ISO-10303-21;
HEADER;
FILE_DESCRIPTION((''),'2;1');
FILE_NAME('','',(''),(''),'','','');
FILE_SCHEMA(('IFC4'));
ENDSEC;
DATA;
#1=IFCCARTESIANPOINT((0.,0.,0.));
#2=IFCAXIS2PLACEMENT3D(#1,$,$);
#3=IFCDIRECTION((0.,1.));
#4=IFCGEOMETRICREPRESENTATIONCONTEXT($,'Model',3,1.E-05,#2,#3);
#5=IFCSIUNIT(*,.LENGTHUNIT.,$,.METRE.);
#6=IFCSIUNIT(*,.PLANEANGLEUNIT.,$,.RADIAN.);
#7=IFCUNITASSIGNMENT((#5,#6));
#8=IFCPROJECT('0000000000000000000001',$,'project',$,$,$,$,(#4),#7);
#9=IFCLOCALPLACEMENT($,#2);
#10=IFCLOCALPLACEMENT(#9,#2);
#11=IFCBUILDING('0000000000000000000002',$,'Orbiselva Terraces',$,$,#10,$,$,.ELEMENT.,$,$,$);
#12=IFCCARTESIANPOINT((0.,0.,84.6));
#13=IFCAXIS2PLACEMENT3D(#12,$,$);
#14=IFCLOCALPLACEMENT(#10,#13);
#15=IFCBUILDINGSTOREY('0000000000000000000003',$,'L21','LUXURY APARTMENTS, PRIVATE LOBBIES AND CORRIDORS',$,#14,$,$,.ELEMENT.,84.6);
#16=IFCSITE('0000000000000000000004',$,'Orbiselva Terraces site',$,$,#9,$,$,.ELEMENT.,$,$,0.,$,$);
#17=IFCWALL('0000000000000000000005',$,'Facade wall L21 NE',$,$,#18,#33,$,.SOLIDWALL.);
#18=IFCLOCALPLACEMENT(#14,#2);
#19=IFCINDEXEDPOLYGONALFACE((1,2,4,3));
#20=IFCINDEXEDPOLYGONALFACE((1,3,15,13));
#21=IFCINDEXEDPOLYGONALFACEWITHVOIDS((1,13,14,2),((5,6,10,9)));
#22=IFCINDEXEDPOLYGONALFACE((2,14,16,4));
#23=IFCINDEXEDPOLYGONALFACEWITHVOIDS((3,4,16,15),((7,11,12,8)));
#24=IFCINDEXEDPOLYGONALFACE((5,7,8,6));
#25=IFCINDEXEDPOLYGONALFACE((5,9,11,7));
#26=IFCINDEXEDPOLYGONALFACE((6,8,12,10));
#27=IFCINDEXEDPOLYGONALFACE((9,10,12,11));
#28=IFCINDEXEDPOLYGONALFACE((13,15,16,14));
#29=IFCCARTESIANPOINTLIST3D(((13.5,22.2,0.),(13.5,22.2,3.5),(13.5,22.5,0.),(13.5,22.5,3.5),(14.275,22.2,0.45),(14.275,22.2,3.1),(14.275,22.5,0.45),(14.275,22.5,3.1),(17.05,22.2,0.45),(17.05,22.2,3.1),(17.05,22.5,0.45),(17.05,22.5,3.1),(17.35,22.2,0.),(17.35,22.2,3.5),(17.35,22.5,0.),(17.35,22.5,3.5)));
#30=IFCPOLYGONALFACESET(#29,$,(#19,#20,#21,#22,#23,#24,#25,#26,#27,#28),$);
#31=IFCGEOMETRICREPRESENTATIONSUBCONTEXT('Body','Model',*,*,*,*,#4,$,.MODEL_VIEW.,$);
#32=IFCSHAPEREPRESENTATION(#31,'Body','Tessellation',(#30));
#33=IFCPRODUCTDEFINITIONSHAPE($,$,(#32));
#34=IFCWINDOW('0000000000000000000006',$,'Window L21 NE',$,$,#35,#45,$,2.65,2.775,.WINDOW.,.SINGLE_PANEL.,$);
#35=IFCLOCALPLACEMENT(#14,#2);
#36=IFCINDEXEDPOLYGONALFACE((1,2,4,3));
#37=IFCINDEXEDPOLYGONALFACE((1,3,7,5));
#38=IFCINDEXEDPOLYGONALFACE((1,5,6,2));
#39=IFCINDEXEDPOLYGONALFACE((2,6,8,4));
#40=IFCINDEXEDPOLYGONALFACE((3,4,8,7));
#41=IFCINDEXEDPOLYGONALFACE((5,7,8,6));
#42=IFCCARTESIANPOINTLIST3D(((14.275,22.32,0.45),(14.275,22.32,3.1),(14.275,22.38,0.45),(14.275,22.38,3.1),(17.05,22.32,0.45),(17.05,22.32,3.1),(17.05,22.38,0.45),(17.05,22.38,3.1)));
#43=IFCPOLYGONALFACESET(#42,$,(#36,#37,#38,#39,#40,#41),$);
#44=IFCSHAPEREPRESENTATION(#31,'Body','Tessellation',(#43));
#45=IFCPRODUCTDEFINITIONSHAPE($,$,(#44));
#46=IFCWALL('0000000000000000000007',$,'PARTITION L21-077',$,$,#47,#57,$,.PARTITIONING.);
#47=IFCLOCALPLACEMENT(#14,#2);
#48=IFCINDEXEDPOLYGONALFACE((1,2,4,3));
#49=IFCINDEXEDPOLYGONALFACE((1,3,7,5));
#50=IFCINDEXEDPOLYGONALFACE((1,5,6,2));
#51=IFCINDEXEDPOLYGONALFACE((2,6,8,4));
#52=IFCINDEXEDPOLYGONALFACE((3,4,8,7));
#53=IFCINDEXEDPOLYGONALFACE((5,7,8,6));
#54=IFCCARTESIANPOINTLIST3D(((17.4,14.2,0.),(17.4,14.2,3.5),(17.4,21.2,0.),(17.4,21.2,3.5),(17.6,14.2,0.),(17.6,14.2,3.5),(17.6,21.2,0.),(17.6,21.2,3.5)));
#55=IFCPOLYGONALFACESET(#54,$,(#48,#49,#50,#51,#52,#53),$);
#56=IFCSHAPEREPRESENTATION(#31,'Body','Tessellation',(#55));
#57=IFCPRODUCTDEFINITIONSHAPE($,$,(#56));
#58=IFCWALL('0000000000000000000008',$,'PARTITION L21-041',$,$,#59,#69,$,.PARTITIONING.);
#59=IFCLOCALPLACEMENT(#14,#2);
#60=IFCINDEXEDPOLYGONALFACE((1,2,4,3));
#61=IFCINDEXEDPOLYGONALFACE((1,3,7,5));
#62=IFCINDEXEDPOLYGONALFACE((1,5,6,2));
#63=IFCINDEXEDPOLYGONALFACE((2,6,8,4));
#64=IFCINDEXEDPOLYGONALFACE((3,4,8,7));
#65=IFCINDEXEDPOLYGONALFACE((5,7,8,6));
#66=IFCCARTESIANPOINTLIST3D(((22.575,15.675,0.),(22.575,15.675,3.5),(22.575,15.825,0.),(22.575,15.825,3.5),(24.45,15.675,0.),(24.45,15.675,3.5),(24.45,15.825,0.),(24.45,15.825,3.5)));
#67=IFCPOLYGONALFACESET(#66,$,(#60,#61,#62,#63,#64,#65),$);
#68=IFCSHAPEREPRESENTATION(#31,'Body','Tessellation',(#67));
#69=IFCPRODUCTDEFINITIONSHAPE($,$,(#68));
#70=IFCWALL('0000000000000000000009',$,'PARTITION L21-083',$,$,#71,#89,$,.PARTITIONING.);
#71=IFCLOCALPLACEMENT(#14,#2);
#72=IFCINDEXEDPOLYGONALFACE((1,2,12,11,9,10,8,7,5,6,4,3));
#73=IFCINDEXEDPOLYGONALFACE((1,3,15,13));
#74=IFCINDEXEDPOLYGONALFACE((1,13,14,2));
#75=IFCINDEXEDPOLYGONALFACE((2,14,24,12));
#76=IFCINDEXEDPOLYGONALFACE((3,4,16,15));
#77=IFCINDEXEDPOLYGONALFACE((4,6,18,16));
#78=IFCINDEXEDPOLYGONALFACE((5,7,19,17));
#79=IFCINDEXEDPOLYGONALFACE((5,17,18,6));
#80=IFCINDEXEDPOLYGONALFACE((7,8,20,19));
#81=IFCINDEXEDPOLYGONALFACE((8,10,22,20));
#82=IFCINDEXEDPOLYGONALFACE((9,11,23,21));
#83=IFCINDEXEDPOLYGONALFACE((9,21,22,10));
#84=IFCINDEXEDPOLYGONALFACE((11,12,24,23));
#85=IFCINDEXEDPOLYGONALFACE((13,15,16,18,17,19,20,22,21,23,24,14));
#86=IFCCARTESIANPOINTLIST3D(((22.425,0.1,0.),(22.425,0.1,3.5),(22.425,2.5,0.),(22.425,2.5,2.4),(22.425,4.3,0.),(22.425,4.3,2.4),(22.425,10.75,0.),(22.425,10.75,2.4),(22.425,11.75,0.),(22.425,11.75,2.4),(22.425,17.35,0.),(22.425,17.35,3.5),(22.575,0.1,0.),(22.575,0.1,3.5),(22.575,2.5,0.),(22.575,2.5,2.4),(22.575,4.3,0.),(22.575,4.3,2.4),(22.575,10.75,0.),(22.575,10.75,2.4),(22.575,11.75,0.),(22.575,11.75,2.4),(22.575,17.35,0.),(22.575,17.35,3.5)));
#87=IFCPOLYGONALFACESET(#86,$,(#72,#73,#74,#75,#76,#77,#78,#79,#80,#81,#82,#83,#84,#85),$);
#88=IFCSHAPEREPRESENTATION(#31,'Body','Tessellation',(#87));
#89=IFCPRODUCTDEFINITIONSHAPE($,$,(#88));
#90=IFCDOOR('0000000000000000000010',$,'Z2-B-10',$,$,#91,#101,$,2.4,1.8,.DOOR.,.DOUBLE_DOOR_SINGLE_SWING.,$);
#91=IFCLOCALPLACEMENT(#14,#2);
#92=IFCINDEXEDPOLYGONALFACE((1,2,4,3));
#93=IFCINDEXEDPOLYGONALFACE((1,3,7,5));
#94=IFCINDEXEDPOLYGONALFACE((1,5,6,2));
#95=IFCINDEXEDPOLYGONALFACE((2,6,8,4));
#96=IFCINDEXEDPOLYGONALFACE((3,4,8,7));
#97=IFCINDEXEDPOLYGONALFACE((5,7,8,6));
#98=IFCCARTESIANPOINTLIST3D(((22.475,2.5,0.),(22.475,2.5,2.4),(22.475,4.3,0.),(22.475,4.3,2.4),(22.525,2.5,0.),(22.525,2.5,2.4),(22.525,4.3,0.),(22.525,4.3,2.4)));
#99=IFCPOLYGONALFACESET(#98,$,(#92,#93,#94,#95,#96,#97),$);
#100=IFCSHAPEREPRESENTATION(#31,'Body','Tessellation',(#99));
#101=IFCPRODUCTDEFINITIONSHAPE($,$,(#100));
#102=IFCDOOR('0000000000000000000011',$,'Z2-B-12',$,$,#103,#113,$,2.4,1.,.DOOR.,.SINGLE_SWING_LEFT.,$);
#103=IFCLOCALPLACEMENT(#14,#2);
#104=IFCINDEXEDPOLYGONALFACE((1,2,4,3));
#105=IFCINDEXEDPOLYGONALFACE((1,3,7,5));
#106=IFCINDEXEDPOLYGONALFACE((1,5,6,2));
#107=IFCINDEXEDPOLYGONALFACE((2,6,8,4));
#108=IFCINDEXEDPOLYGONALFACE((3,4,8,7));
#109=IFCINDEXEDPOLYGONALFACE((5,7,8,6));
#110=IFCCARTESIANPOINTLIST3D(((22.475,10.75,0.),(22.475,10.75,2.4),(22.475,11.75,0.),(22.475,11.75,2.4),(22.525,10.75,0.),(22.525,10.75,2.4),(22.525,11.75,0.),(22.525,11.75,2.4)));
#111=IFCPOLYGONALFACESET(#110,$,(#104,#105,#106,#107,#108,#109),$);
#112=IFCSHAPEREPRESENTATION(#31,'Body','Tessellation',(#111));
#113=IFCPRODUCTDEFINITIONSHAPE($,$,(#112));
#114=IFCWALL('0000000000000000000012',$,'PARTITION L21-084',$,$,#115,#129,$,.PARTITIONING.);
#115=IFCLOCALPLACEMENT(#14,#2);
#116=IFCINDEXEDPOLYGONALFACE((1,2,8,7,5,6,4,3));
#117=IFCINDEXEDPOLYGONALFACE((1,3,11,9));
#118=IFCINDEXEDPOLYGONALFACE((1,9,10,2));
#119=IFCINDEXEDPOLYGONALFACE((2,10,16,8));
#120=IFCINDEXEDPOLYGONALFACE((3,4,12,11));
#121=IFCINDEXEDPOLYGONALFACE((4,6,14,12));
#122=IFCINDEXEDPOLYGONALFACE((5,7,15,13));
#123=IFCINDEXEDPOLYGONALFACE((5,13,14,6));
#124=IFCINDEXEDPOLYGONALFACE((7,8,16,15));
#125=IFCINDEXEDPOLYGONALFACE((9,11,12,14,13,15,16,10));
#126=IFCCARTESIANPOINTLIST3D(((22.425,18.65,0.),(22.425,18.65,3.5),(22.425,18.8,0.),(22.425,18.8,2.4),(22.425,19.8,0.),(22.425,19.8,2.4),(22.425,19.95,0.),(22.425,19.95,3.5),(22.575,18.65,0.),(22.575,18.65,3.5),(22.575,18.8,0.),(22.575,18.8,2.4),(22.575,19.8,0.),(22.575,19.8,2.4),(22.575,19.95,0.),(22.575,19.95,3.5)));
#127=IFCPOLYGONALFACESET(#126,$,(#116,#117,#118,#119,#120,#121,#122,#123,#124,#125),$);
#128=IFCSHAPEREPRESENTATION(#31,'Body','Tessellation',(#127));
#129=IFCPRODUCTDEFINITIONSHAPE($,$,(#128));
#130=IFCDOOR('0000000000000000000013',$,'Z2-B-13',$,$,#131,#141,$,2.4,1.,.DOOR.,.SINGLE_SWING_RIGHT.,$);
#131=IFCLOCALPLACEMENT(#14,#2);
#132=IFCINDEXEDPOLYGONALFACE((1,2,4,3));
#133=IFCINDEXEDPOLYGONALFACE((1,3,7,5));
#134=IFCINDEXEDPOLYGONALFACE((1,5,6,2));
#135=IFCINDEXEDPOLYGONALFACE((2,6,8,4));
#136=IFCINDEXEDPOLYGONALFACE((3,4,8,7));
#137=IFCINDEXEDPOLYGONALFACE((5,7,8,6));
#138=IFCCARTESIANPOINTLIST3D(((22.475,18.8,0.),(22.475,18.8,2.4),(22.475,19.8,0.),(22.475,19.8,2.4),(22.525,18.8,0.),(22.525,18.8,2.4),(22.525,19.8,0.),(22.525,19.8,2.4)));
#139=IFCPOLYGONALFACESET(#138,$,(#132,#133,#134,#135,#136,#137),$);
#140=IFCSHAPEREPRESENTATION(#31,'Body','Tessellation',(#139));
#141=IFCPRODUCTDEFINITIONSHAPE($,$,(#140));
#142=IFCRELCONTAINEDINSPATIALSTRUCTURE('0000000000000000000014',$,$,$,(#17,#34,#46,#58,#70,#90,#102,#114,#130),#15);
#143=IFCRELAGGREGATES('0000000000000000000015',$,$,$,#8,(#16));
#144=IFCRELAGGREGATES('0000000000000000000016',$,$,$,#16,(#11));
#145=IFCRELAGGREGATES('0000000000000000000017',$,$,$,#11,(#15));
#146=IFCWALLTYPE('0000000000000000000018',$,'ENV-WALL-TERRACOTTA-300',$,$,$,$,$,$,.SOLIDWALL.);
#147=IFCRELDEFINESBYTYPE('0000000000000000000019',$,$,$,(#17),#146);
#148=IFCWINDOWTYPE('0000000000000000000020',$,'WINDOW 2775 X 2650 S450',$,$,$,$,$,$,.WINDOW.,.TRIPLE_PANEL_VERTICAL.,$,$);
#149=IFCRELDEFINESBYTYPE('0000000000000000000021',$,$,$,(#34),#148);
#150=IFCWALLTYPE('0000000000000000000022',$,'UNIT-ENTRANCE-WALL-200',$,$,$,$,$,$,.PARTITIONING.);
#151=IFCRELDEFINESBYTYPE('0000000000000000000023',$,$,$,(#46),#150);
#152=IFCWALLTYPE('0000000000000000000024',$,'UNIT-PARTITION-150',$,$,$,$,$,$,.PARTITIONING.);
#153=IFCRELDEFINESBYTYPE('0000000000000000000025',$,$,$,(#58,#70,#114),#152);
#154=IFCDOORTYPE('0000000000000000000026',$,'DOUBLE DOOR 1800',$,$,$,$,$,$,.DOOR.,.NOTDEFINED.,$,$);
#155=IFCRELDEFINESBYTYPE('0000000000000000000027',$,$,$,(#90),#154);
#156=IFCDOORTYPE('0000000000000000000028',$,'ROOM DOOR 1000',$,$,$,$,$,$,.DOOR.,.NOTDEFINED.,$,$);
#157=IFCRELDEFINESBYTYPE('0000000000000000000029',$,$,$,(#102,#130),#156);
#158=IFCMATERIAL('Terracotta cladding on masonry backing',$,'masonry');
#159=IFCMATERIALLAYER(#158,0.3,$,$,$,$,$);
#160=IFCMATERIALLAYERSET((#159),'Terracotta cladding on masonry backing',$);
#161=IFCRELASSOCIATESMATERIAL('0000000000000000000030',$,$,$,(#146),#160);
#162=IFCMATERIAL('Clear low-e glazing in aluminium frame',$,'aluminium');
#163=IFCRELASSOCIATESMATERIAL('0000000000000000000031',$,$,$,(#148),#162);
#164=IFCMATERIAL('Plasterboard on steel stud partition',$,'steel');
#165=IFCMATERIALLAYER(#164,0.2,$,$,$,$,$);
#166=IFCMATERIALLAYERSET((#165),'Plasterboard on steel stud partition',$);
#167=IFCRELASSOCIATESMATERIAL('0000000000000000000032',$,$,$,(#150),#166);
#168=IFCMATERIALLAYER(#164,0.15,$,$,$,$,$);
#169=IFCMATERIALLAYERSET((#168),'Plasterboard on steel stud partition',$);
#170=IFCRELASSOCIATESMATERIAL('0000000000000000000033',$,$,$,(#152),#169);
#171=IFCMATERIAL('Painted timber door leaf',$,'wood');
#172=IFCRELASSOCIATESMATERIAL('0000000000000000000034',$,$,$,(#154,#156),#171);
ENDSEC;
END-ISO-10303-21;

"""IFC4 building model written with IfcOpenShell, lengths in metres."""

from ifc_helpers import new_model, si_unit, direction, frame, frame_2d, origin, place, context, subcontext, project, spatial, rectangle, extrude, material, layer, layer_set, type_object, element, fill, save


model = new_model("IFC4")

# Units and contexts
model_context = context("Model", 3, precision=1e-05, world=origin(), true_north=direction((0.0, 1.0)))
body_context = subcontext(model_context, "Body", "Model", "MODEL_VIEW")
ifc_project = project(units=[si_unit("LENGTHUNIT", "METRE"), si_unit("PLANEANGLEUNIT", "RADIAN")], contexts=[model_context])

# Site, building, storey
site_placement = place(None, origin())
site = spatial("IfcSite", under=ifc_project, at=site_placement, Name="Orbiselva Terraces site", CompositionType="ELEMENT", RefElevation=0.0)
building_placement = place(site_placement, origin())
building = spatial("IfcBuilding", under=site, at=building_placement, Name="Orbiselva Terraces", CompositionType="ELEMENT")
storey_placement = place(building_placement, frame((0.0, 0.0, 84.6)))
storey = spatial("IfcBuildingStorey", under=building, at=storey_placement, Name="L21", Description="LUXURY APARTMENTS, PRIVATE LOBBIES AND CORRIDORS", CompositionType="ELEMENT", Elevation=84.6)

# Shared definitions
ifc_material_1 = material(Name="Terracotta cladding on masonry backing", Category="masonry")
ifc_layer_1 = layer(ifc_material_1, 0.3)
ifc_layer_set_1 = layer_set([ifc_layer_1], Name="Terracotta cladding on masonry backing")
wall_type_1 = type_object("IfcWallType", Name="ENV-WALL-TERRACOTTA-300", PredefinedType="SOLIDWALL", material=ifc_layer_set_1)
ifc_material_2 = material(Name="Clear low-e glazing in aluminium frame", Category="aluminium")
window_type = type_object("IfcWindowType", Name="WINDOW 2775 X 2650 S450", PartitioningType="TRIPLE_PANEL_VERTICAL", PredefinedType="WINDOW", material=ifc_material_2)

# Wall, opening, window
wall_1_placement = place(storey_placement, frame((13.5, 22.35, 0.0), z_axis=(0.0, 0.0, 1.0), x_axis=(1.0, 0.0, 0.0)))
wall_1 = element("IfcWall", 1, at=wall_1_placement, inside=storey, type_object=wall_type_1, Name="Facade wall L21 NE", PredefinedType="SOLIDWALL", context=body_context, shape_type="SweptSolid", body=[
    extrude(rectangle(XDim=3.85, YDim=0.3, at=frame_2d((1.925, 0.0))), origin(), (0.0, 0.0, 1.0), 3.5),
])
opening_1_placement = place(wall_1_placement, frame((0.775, 0.0, 0.45)))
opening_1 = element("IfcOpeningElement", 2, at=opening_1_placement, cuts=wall_1, PredefinedType="OPENING", context=body_context, shape_type="SweptSolid", body=[
    extrude(rectangle(XDim=2.775, YDim=2.65, at=frame_2d((1.3875, 1.325))), frame((0.0, 0.16, 0.0), z_axis=(0.0, -1.0, 0.0), x_axis=(1.0, 0.0, 0.0)), (0.0, 0.0, 1.0), 0.32),
])
window_1_placement = place(opening_1_placement, origin())
window_1 = element("IfcWindow", 3, at=window_1_placement, inside=storey, type_object=window_type, Name="Window L21 NE", OverallHeight=2.65, OverallWidth=2.775, PartitioningType="SINGLE_PANEL", PredefinedType="WINDOW", context=body_context, shape_type="SweptSolid", body=[
    extrude(rectangle(XDim=2.775, YDim=2.65, at=frame_2d((1.3875, 1.325))), frame((0.0, 0.03, 0.0), z_axis=(0.0, -1.0, 0.0), x_axis=(1.0, 0.0, 0.0)), (0.0, 0.0, 1.0), 0.06),
])
fill(opening_1, window_1)

# Walls
ifc_material_3 = material(Name="Plasterboard on steel stud partition", Category="steel")
ifc_layer_2 = layer(ifc_material_3, 0.2)
ifc_layer_set_2 = layer_set([ifc_layer_2], Name="Plasterboard on steel stud partition")
wall_type_2 = type_object("IfcWallType", Name="UNIT-ENTRANCE-WALL-200", PredefinedType="PARTITIONING", material=ifc_layer_set_2)
wall_2_placement = place(storey_placement, frame((17.5, 14.2, 0.0), z_axis=(0.0, 0.0, 1.0), x_axis=(0.0, 1.0, 0.0)))
element("IfcWall", 4, at=wall_2_placement, inside=storey, type_object=wall_type_2, Name="PARTITION L21-077", PredefinedType="PARTITIONING", context=body_context, shape_type="SweptSolid", body=[
    extrude(rectangle(XDim=7.0, YDim=0.2, at=frame_2d((3.5, 0.0))), origin(), (0.0, 0.0, 1.0), 3.5),
])
ifc_layer_3 = layer(ifc_material_3, 0.15)
ifc_layer_set_3 = layer_set([ifc_layer_3], Name="Plasterboard on steel stud partition")
wall_type_3 = type_object("IfcWallType", Name="UNIT-PARTITION-150", PredefinedType="PARTITIONING", material=ifc_layer_set_3)
wall_3_placement = place(storey_placement, frame((22.575, 15.75, 0.0), z_axis=(0.0, 0.0, 1.0), x_axis=(1.0, 0.0, 0.0)))
element("IfcWall", 5, at=wall_3_placement, inside=storey, type_object=wall_type_3, Name="PARTITION L21-041", PredefinedType="PARTITIONING", context=body_context, shape_type="SweptSolid", body=[
    extrude(rectangle(XDim=1.875, YDim=0.15, at=frame_2d((0.9375, 0.0))), origin(), (0.0, 0.0, 1.0), 3.5),
])

# Wall, openings, doors
wall_4_placement = place(storey_placement, frame((22.5, 17.35, 0.0), z_axis=(0.0, 0.0, 1.0), x_axis=(0.0, -1.0, 0.0)))
wall_4 = element("IfcWall", 6, at=wall_4_placement, inside=storey, type_object=wall_type_3, Name="PARTITION L21-083", PredefinedType="PARTITIONING", context=body_context, shape_type="SweptSolid", body=[
    extrude(rectangle(XDim=17.25, YDim=0.15, at=frame_2d((8.625, 0.0))), origin(), (0.0, 0.0, 1.0), 3.5),
])
opening_2_placement = place(wall_4_placement, frame((13.05, 0.0, 0.0)))
opening_2 = element("IfcOpeningElement", 7, at=opening_2_placement, cuts=wall_4, PredefinedType="OPENING", context=body_context, shape_type="SweptSolid", body=[
    extrude(rectangle(XDim=1.8, YDim=2.4, at=frame_2d((0.9, 1.2))), frame((0.0, 0.085, 0.0), z_axis=(0.0, -1.0, 0.0), x_axis=(1.0, 0.0, 0.0)), (0.0, 0.0, 1.0), 0.17),
])
opening_3_placement = place(wall_4_placement, frame((5.6, 0.0, 0.0)))
opening_3 = element("IfcOpeningElement", 8, at=opening_3_placement, cuts=wall_4, PredefinedType="OPENING", context=body_context, shape_type="SweptSolid", body=[
    extrude(rectangle(XDim=1.0, YDim=2.4, at=frame_2d((0.5, 1.2))), frame((0.0, 0.085, 0.0), z_axis=(0.0, -1.0, 0.0), x_axis=(1.0, 0.0, 0.0)), (0.0, 0.0, 1.0), 0.17),
])
ifc_material_4 = material(Name="Painted timber door leaf", Category="wood")
door_type_1 = type_object("IfcDoorType", Name="DOUBLE DOOR 1800", OperationType="NOTDEFINED", PredefinedType="DOOR", material=ifc_material_4)
door_1_placement = place(opening_2_placement, origin())
door_1 = element("IfcDoor", 9, at=door_1_placement, inside=storey, type_object=door_type_1, Name="Z2-B-10", OperationType="DOUBLE_DOOR_SINGLE_SWING", OverallHeight=2.4, OverallWidth=1.8, PredefinedType="DOOR", context=body_context, shape_type="SweptSolid", body=[
    extrude(rectangle(XDim=1.8, YDim=2.4, at=frame_2d((0.9, 1.2))), frame((0.0, 0.025, 0.0), z_axis=(0.0, -1.0, 0.0), x_axis=(1.0, 0.0, 0.0)), (0.0, 0.0, 1.0), 0.05),
])
fill(opening_2, door_1)
door_type_2 = type_object("IfcDoorType", Name="ROOM DOOR 1000", OperationType="NOTDEFINED", PredefinedType="DOOR", material=ifc_material_4)
door_2_placement = place(opening_3_placement, origin())
door_2 = element("IfcDoor", 10, at=door_2_placement, inside=storey, type_object=door_type_2, Name="Z2-B-12", OperationType="SINGLE_SWING_LEFT", OverallHeight=2.4, OverallWidth=1.0, PredefinedType="DOOR", context=body_context, shape_type="SweptSolid", body=[
    extrude(rectangle(XDim=1.0, YDim=2.4, at=frame_2d((0.5, 1.2))), frame((0.0, 0.025, 0.0), z_axis=(0.0, -1.0, 0.0), x_axis=(1.0, 0.0, 0.0)), (0.0, 0.0, 1.0), 0.05),
])
fill(opening_3, door_2)

# Wall, opening, door
wall_5_placement = place(storey_placement, frame((22.5, 19.95, 0.0), z_axis=(0.0, 0.0, 1.0), x_axis=(0.0, -1.0, 0.0)))
wall_5 = element("IfcWall", 11, at=wall_5_placement, inside=storey, type_object=wall_type_3, Name="PARTITION L21-084", PredefinedType="PARTITIONING", context=body_context, shape_type="SweptSolid", body=[
    extrude(rectangle(XDim=1.3, YDim=0.15, at=frame_2d((0.65, 0.0))), origin(), (0.0, 0.0, 1.0), 3.5),
])
opening_4_placement = place(wall_5_placement, frame((0.15, 0.0, 0.0)))
opening_4 = element("IfcOpeningElement", 12, at=opening_4_placement, cuts=wall_5, PredefinedType="OPENING", context=body_context, shape_type="SweptSolid", body=[
    extrude(rectangle(XDim=1.0, YDim=2.4, at=frame_2d((0.5, 1.2))), frame((0.0, 0.085, 0.0), z_axis=(0.0, -1.0, 0.0), x_axis=(1.0, 0.0, 0.0)), (0.0, 0.0, 1.0), 0.17),
])
door_3_placement = place(opening_4_placement, origin())
door_3 = element("IfcDoor", 13, at=door_3_placement, inside=storey, type_object=door_type_2, Name="Z2-B-13", OperationType="SINGLE_SWING_RIGHT", OverallHeight=2.4, OverallWidth=1.0, PredefinedType="DOOR", context=body_context, shape_type="SweptSolid", body=[
    extrude(rectangle(XDim=1.0, YDim=2.4, at=frame_2d((0.5, 1.2))), frame((0.0, 0.025, 0.0), z_axis=(0.0, -1.0, 0.0), x_axis=(1.0, 0.0, 0.0)), (0.0, 0.0, 1.0), 0.05),
])
fill(opening_4, door_3)

save(model, "model.ifc")
